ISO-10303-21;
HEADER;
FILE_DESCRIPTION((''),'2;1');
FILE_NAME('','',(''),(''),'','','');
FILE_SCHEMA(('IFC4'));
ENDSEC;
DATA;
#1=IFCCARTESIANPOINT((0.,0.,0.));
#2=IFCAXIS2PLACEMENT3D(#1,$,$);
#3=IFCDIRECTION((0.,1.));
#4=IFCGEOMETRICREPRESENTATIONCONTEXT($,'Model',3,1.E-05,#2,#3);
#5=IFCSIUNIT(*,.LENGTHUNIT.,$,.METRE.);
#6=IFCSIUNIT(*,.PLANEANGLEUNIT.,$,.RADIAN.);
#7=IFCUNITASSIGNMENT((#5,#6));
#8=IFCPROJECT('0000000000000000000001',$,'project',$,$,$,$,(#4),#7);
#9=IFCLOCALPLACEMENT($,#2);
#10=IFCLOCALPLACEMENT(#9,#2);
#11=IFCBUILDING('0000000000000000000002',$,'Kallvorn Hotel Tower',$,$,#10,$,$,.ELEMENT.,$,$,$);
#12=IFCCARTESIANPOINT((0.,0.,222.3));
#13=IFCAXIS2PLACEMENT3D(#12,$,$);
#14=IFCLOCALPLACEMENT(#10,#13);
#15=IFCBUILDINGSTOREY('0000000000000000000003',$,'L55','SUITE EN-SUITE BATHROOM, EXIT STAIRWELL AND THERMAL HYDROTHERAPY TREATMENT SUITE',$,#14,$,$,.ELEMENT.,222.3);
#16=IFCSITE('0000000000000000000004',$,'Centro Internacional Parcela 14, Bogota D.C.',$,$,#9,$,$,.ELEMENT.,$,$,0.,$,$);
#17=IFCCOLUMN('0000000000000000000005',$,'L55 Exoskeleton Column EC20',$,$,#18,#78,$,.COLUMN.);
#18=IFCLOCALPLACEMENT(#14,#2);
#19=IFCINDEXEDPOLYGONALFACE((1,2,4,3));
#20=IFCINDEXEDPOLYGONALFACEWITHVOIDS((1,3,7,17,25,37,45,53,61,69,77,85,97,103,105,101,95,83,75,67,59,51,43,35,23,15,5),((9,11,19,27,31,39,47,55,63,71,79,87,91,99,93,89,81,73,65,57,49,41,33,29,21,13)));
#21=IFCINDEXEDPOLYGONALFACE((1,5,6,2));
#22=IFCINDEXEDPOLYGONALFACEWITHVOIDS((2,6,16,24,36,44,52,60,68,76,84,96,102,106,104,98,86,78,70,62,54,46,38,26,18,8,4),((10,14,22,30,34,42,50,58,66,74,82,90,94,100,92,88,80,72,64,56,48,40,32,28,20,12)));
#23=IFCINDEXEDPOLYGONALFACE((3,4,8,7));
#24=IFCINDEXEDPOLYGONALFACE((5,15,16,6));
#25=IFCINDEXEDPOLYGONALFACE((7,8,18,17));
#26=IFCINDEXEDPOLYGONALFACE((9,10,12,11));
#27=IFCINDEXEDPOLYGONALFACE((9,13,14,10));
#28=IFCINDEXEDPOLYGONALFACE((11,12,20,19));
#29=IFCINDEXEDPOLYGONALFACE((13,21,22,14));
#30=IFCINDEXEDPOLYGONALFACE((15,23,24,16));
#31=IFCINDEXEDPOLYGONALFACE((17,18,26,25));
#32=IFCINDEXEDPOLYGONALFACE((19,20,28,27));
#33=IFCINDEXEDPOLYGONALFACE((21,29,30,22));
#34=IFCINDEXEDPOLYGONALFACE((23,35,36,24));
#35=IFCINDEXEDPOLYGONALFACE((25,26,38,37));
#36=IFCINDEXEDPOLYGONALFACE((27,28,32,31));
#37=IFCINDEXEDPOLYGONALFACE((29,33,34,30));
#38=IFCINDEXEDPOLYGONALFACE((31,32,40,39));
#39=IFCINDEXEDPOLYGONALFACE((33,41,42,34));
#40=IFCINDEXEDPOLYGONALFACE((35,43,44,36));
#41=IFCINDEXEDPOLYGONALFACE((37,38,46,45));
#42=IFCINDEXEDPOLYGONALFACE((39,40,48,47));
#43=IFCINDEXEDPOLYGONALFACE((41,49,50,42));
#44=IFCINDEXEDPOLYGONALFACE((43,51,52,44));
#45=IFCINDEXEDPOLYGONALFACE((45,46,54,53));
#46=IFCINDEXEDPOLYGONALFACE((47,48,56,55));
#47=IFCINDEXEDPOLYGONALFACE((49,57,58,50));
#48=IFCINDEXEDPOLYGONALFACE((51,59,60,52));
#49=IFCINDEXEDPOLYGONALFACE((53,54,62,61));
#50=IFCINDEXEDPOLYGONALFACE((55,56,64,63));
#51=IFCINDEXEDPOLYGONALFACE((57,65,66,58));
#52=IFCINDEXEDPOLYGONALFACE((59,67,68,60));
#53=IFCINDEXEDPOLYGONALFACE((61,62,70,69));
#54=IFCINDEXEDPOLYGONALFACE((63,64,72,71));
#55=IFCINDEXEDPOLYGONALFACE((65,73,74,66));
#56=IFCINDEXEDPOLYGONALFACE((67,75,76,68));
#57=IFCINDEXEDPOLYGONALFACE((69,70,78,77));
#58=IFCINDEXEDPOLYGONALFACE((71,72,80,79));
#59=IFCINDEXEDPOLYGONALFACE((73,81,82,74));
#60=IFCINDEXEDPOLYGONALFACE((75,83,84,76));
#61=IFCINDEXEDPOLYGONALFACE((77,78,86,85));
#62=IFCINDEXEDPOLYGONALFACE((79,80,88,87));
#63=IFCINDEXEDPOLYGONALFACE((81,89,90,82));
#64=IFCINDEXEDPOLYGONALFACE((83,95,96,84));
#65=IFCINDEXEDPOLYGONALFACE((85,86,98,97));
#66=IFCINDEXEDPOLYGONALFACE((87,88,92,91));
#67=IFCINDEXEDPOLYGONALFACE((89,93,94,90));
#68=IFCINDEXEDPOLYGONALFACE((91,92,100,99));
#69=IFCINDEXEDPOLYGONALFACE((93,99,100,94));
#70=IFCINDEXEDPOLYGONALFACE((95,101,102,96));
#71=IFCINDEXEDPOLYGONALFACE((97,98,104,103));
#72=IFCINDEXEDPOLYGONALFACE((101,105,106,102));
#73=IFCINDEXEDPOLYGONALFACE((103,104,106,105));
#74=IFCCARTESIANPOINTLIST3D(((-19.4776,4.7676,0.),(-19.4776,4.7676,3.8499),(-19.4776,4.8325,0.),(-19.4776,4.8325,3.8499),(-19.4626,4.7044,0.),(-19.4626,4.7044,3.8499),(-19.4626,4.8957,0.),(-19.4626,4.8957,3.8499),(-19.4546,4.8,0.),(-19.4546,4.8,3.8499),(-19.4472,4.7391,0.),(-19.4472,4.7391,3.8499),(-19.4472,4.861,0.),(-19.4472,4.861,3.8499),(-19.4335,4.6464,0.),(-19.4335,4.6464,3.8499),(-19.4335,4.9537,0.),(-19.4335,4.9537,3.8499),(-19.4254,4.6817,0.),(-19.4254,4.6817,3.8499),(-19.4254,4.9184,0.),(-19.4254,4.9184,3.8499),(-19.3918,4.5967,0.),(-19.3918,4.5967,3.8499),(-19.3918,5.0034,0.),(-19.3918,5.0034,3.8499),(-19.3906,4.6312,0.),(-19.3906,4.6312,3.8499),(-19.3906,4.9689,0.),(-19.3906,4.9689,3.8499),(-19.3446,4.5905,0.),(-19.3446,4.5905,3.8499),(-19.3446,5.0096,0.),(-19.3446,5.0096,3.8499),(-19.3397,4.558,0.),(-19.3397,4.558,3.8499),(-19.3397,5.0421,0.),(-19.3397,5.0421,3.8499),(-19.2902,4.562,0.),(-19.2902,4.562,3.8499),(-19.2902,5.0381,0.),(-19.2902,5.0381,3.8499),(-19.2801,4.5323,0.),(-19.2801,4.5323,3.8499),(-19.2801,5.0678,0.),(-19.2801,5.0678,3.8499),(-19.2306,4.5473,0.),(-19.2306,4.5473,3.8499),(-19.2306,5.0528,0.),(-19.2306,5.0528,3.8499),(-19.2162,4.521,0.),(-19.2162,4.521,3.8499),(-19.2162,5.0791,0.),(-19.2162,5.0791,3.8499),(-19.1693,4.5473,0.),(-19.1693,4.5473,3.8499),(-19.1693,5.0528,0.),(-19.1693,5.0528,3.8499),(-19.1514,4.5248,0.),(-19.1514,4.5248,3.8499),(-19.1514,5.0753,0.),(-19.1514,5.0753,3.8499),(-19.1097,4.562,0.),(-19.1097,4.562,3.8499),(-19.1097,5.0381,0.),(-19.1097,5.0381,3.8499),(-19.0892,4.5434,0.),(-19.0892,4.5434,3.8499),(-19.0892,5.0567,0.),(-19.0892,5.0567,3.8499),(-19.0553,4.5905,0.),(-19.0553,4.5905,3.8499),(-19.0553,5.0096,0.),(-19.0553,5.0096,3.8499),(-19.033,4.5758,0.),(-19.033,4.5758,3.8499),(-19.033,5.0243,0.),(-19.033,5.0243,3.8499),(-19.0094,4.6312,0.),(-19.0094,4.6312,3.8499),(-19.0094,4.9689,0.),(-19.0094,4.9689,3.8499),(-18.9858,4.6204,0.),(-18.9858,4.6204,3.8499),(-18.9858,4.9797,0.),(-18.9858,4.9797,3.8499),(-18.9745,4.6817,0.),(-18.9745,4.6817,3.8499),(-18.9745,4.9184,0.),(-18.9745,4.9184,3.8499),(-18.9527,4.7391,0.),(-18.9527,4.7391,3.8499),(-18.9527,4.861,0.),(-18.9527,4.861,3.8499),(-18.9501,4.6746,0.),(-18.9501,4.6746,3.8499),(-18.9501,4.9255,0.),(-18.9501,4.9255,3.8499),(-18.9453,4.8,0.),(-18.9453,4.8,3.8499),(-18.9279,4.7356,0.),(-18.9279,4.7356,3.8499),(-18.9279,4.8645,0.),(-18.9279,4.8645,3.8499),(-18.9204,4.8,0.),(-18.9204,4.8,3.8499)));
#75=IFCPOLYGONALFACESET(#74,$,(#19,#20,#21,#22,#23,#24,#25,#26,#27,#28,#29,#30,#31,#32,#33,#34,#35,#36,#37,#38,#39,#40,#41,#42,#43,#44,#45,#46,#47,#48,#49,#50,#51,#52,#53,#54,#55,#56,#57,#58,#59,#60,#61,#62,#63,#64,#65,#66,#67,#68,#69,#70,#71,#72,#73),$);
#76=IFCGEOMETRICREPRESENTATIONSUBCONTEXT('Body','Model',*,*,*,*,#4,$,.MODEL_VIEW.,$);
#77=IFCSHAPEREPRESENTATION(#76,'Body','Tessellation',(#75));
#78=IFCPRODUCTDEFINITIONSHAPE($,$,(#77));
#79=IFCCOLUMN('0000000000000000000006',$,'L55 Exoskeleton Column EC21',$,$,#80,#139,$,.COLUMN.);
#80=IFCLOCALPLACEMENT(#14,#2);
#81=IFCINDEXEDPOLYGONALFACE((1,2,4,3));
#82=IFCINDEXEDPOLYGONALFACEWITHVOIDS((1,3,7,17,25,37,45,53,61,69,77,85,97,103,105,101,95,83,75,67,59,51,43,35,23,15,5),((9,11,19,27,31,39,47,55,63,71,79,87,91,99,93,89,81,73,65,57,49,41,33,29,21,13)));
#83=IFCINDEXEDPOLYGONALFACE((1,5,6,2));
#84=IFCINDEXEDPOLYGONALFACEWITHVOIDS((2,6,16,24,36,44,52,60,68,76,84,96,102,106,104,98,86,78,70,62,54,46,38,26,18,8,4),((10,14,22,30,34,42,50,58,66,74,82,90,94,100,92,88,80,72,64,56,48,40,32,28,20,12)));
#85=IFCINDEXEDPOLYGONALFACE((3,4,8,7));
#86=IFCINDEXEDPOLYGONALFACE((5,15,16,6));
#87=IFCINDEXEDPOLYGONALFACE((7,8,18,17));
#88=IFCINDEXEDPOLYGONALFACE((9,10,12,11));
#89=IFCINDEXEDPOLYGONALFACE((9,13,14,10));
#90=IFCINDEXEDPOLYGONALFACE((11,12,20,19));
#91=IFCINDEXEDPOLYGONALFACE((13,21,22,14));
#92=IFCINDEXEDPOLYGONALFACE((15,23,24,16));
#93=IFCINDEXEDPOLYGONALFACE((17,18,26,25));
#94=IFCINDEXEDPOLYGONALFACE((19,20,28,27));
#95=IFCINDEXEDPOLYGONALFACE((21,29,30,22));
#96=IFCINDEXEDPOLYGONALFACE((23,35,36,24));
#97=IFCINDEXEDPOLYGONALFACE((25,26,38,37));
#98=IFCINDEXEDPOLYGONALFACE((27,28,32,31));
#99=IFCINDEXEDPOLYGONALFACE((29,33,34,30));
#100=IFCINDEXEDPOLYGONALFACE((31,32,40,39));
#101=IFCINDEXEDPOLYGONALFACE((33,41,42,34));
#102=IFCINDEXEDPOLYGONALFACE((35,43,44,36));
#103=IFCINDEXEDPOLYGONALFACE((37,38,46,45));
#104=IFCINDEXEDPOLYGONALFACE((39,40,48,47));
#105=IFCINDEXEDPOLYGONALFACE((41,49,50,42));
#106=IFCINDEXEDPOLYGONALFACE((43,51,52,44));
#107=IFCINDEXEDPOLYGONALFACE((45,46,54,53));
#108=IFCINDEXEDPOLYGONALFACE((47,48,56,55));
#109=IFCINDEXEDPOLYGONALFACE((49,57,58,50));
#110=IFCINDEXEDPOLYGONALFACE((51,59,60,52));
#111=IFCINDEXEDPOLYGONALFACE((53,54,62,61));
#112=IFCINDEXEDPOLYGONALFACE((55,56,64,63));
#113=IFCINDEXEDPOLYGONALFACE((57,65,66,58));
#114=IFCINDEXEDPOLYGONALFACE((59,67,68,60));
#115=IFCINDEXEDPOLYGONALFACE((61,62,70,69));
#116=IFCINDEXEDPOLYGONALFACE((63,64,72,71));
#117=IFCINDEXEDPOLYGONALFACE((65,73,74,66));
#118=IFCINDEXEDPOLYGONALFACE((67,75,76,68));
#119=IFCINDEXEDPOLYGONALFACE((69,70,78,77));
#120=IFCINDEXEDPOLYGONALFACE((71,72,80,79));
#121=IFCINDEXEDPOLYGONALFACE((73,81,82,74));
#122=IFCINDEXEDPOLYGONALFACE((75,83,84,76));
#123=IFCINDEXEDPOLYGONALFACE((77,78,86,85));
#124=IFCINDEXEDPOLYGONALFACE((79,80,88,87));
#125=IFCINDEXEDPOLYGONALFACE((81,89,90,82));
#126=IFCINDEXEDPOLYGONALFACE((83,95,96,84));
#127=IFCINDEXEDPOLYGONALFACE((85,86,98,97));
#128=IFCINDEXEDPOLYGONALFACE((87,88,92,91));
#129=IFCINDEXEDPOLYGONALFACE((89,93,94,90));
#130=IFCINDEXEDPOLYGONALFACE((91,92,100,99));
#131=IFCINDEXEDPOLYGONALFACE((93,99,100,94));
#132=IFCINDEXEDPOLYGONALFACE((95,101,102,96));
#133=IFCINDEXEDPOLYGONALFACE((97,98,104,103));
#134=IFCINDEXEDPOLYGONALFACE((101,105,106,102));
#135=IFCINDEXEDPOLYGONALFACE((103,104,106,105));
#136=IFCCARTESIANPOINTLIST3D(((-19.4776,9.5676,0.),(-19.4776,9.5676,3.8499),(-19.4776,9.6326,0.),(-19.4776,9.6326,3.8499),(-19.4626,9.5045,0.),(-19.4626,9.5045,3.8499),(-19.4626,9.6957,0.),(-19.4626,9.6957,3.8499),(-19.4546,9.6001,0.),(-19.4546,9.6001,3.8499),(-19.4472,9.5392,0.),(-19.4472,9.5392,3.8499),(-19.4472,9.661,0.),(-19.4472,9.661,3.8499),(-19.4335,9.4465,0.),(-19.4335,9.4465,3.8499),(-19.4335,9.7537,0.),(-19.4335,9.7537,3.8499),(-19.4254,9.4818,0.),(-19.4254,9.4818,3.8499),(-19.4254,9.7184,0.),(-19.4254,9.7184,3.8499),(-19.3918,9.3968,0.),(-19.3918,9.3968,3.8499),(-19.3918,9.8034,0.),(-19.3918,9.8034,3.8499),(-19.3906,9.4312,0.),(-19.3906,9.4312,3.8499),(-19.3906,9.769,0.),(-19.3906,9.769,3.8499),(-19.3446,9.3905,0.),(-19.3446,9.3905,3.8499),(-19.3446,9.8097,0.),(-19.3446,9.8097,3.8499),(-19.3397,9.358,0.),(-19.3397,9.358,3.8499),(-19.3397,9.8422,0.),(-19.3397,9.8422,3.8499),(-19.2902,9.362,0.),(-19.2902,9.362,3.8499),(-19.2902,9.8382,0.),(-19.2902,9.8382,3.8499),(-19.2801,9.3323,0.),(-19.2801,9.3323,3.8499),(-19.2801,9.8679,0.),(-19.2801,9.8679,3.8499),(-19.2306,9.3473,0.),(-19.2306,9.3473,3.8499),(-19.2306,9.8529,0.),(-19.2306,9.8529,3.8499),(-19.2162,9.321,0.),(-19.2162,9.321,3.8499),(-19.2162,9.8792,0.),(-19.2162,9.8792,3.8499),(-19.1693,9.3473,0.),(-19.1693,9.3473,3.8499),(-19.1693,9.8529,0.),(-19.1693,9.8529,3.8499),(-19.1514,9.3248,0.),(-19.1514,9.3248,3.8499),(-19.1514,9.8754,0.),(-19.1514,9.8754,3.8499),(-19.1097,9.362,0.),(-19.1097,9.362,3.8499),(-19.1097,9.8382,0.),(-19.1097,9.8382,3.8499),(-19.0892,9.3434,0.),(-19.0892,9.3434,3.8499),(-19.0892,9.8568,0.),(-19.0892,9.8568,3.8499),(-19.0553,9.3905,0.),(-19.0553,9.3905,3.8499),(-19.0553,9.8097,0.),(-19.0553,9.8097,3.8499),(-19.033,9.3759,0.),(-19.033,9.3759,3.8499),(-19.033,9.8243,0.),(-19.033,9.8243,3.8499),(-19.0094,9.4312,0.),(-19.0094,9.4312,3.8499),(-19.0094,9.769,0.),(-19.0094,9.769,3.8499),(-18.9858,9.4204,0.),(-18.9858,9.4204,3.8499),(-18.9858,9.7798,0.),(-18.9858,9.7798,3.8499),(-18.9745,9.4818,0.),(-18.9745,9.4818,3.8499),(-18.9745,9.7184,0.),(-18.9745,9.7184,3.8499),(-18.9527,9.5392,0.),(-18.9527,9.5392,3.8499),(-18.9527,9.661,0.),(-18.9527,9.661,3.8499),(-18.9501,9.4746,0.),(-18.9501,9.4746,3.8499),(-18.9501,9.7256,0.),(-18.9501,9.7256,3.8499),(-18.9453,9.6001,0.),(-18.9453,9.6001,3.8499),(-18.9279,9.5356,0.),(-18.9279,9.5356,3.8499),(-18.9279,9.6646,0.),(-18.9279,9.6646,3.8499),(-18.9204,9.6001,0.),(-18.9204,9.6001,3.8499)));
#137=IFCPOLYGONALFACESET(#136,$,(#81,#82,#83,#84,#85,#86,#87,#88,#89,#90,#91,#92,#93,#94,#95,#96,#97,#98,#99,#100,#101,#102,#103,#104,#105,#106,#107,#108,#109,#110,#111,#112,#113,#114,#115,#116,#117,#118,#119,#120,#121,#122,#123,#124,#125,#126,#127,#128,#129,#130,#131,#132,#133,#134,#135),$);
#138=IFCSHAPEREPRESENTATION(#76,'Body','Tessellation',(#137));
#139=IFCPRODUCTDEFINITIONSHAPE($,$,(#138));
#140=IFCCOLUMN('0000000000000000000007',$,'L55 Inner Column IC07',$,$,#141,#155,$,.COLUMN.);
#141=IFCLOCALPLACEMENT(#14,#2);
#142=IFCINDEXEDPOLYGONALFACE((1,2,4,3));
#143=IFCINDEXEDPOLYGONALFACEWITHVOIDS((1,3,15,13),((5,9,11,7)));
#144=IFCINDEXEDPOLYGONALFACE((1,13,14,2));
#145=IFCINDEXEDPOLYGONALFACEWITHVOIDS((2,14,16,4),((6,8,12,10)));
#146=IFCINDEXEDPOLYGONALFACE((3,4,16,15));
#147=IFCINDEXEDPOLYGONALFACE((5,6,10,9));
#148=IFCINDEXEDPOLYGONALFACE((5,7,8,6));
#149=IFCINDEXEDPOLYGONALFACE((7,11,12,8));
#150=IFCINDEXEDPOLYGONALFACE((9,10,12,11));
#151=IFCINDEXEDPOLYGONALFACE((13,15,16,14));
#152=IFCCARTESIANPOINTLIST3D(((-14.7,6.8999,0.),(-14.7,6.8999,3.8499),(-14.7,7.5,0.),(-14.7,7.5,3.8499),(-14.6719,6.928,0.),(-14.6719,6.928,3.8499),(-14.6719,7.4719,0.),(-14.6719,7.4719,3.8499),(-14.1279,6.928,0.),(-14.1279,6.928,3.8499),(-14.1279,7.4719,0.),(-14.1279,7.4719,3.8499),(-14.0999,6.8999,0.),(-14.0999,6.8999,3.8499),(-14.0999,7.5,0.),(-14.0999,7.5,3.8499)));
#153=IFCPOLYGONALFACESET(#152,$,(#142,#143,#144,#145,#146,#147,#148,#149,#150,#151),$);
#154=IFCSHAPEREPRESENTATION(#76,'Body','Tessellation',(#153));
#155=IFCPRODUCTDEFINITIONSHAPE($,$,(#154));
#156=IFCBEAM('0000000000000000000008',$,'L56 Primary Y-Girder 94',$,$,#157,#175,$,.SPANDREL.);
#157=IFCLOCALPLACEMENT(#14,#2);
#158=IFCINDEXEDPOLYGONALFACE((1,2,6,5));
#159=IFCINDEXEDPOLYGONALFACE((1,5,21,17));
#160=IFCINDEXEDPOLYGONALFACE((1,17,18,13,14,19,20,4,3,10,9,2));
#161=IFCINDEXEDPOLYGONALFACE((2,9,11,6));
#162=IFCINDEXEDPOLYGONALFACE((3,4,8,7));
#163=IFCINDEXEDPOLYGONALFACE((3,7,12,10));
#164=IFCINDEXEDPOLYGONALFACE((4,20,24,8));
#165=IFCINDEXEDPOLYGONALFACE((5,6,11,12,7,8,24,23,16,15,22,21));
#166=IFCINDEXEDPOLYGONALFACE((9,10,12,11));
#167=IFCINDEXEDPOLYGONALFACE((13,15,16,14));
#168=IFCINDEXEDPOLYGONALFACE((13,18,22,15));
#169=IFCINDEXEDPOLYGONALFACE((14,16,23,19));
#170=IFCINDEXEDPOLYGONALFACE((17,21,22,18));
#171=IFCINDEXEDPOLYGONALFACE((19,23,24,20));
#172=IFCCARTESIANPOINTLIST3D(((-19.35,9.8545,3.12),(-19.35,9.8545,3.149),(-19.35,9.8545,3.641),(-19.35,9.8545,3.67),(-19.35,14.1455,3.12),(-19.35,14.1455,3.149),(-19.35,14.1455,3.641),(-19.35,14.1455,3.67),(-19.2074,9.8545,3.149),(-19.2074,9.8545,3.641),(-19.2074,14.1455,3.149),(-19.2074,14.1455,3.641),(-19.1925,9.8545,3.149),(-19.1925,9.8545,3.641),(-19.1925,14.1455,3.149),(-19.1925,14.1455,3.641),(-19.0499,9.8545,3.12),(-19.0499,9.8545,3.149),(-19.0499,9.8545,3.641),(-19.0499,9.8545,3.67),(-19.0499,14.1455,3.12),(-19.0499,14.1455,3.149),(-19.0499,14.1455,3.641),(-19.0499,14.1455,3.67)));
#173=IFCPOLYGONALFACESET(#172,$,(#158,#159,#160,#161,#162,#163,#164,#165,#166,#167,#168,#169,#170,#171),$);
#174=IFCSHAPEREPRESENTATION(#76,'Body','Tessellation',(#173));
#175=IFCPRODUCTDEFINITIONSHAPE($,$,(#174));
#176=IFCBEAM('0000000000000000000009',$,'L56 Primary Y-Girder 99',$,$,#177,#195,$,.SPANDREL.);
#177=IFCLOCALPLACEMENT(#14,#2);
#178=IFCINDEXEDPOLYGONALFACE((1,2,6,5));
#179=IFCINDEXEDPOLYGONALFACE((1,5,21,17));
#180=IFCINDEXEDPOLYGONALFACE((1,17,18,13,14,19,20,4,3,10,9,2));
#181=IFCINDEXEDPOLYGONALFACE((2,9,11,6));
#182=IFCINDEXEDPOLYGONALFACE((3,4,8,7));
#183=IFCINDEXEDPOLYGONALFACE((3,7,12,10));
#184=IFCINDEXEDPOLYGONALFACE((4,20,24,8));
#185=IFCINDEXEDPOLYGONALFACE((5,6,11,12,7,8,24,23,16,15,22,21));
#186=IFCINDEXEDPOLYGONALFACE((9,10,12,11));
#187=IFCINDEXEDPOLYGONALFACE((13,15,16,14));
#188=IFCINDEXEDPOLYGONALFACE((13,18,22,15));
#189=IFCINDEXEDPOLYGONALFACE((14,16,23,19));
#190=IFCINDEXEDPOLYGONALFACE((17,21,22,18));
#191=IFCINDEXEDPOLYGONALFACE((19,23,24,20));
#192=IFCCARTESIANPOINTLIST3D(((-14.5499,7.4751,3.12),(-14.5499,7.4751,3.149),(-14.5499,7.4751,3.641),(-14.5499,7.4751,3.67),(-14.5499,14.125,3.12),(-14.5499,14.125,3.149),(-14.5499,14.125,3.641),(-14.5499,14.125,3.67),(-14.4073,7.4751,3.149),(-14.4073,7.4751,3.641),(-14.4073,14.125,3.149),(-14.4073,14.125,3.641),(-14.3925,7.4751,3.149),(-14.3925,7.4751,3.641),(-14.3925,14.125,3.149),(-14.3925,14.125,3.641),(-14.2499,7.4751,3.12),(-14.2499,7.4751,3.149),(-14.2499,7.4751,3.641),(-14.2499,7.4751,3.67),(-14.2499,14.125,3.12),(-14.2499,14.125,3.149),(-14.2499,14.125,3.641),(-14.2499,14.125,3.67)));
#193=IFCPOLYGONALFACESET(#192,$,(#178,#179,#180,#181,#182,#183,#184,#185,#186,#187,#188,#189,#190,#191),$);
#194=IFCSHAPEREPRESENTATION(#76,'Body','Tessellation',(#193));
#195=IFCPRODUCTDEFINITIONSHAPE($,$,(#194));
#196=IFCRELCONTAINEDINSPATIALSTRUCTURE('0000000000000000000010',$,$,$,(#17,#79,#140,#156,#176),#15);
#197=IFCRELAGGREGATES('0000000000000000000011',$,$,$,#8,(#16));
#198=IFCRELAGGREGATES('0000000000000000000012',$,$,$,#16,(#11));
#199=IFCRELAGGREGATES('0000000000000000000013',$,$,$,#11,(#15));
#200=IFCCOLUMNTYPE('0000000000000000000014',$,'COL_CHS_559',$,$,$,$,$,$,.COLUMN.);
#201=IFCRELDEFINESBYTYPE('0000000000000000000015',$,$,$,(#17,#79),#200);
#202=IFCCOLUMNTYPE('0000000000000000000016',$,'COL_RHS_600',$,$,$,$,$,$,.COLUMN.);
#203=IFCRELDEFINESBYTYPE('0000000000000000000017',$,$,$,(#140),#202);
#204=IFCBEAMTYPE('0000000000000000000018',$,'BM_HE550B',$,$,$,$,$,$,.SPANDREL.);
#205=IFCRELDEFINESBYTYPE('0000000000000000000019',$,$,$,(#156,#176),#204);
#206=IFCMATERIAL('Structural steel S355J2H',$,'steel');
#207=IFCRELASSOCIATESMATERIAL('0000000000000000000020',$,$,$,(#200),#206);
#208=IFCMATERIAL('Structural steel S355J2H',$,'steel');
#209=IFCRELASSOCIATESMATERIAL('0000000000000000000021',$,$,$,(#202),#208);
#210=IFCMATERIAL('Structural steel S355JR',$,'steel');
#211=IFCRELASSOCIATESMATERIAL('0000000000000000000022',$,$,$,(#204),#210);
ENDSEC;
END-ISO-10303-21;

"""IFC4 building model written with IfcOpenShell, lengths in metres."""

from ifc_helpers import new_model, si_unit, direction, frame, origin, origin_2d, place, context, subcontext, project, spatial, hollow_rectangle, hollow_circle, i_section, extrude, material, material_profile, profile_set, type_object, element, save


model = new_model("IFC4")

# Units and contexts
model_context = context("Model", 3, precision=1e-05, world=origin(), true_north=direction((0.0, 1.0)))
body_context = subcontext(model_context, "Body", "Model", "MODEL_VIEW")
ifc_project = project(units=[si_unit("LENGTHUNIT", "METRE"), si_unit("PLANEANGLEUNIT", "RADIAN")], contexts=[model_context])

# Site, building, storey
site_placement = place(None, origin())
site = spatial("IfcSite", under=ifc_project, at=site_placement, Name="Centro Internacional Parcela 14, Bogota D.C.", CompositionType="ELEMENT", RefElevation=0.0)
building_placement = place(site_placement, origin())
building = spatial("IfcBuilding", under=site, at=building_placement, Name="Kallvorn Hotel Tower", CompositionType="ELEMENT")
storey_placement = place(building_placement, frame((0.0, 0.0, 222.3)))
storey = spatial("IfcBuildingStorey", under=building, at=storey_placement, Name="L55", Description="SUITE EN-SUITE BATHROOM, EXIT STAIRWELL AND THERMAL HYDROTHERAPY TREATMENT SUITE", CompositionType="ELEMENT", Elevation=222.3)

# Columns
ifc_material_1 = material(Name="Structural steel S355J2H", Category="steel")
ifc_material_profile_1 = material_profile(ifc_material_1, hollow_circle(Radius=0.2795, WallThickness=0.0249, at=origin_2d()), Name="CHS 559x25")
ifc_profile_set_1 = profile_set([ifc_material_profile_1], Name="Structural steel S355J2H")
column_type_1 = type_object("IfcColumnType", Name="COL_CHS_559", PredefinedType="COLUMN", material=ifc_profile_set_1)
for number, where, z_axis, x_axis, name in (
    (1, (-19.2, 4.8, 0.0), (0.0, 0.0, 1.0), (1.0, 0.0, 0.0), "L55 Exoskeleton Column EC20"),
    (2, (-19.2, 9.6001, 0.0), (0.0, 0.0, 1.0), (1.0, 0.0, 0.0), "L55 Exoskeleton Column EC21"),
):
    element("IfcColumn", number, at=place(storey_placement, frame(where, z_axis=z_axis, x_axis=x_axis)), inside=storey, type_object=column_type_1, Name=name, PredefinedType="COLUMN", context=body_context, shape_type="SweptSolid", body=[
        extrude(hollow_circle(Radius=0.2795, WallThickness=0.0249, at=origin_2d()), origin(), (0.0, 0.0, 1.0), 3.8499),
    ])
ifc_material_2 = material(Name="Structural steel S355J2H", Category="steel")
ifc_material_profile_2 = material_profile(ifc_material_2, hollow_rectangle(XDim=0.6001, YDim=0.6001, WallThickness=0.0281, at=origin_2d()), Name="RHS 600x600x28")
ifc_profile_set_2 = profile_set([ifc_material_profile_2], Name="Structural steel S355J2H")
column_type_2 = type_object("IfcColumnType", Name="COL_RHS_600", PredefinedType="COLUMN", material=ifc_profile_set_2)
column_placement = place(storey_placement, frame((-14.3999, 7.2, 0.0), z_axis=(0.0, 0.0, 1.0), x_axis=(1.0, 0.0, 0.0)))
element("IfcColumn", 3, at=column_placement, inside=storey, type_object=column_type_2, Name="L55 Inner Column IC07", PredefinedType="COLUMN", context=body_context, shape_type="SweptSolid", body=[
    extrude(hollow_rectangle(XDim=0.6001, YDim=0.6001, WallThickness=0.0281, at=origin_2d()), origin(), (0.0, 0.0, 1.0), 3.8499),
])

# Beams
ifc_material_3 = material(Name="Structural steel S355JR", Category="steel")
ifc_material_profile_3 = material_profile(ifc_material_3, i_section(OverallWidth=0.3, OverallDepth=0.55, WebThickness=0.0149, FlangeThickness=0.0291, at=origin_2d()), Name="HE 550 B")
ifc_profile_set_3 = profile_set([ifc_material_profile_3], Name="Structural steel S355JR")
beam_type_1 = type_object("IfcBeamType", Name="BM_HE550B", PredefinedType="SPANDREL", material=ifc_profile_set_3)
beam_1_placement = place(storey_placement, frame((-19.2, 9.8545, 3.395), z_axis=(0.0, 1.0, 0.0), x_axis=(-1.0, 0.0, 0.0)))
element("IfcBeam", 4, at=beam_1_placement, inside=storey, type_object=beam_type_1, Name="L56 Primary Y-Girder 94", PredefinedType="SPANDREL", context=body_context, shape_type="SweptSolid", body=[
    extrude(i_section(OverallWidth=0.3, OverallDepth=0.55, WebThickness=0.0149, FlangeThickness=0.0291, at=origin_2d()), origin(), (0.0, 0.0, 1.0), 4.291),
])
beam_2_placement = place(storey_placement, frame((-14.3999, 7.4751, 3.395), z_axis=(0.0, 1.0, 0.0), x_axis=(-1.0, 0.0, 0.0)))
element("IfcBeam", 5, at=beam_2_placement, inside=storey, type_object=beam_type_1, Name="L56 Primary Y-Girder 99", PredefinedType="SPANDREL", context=body_context, shape_type="SweptSolid", body=[
    extrude(i_section(OverallWidth=0.3, OverallDepth=0.55, WebThickness=0.0149, FlangeThickness=0.0291, at=origin_2d()), origin(), (0.0, 0.0, 1.0), 6.6499),
])

save(model, "model.ifc")
